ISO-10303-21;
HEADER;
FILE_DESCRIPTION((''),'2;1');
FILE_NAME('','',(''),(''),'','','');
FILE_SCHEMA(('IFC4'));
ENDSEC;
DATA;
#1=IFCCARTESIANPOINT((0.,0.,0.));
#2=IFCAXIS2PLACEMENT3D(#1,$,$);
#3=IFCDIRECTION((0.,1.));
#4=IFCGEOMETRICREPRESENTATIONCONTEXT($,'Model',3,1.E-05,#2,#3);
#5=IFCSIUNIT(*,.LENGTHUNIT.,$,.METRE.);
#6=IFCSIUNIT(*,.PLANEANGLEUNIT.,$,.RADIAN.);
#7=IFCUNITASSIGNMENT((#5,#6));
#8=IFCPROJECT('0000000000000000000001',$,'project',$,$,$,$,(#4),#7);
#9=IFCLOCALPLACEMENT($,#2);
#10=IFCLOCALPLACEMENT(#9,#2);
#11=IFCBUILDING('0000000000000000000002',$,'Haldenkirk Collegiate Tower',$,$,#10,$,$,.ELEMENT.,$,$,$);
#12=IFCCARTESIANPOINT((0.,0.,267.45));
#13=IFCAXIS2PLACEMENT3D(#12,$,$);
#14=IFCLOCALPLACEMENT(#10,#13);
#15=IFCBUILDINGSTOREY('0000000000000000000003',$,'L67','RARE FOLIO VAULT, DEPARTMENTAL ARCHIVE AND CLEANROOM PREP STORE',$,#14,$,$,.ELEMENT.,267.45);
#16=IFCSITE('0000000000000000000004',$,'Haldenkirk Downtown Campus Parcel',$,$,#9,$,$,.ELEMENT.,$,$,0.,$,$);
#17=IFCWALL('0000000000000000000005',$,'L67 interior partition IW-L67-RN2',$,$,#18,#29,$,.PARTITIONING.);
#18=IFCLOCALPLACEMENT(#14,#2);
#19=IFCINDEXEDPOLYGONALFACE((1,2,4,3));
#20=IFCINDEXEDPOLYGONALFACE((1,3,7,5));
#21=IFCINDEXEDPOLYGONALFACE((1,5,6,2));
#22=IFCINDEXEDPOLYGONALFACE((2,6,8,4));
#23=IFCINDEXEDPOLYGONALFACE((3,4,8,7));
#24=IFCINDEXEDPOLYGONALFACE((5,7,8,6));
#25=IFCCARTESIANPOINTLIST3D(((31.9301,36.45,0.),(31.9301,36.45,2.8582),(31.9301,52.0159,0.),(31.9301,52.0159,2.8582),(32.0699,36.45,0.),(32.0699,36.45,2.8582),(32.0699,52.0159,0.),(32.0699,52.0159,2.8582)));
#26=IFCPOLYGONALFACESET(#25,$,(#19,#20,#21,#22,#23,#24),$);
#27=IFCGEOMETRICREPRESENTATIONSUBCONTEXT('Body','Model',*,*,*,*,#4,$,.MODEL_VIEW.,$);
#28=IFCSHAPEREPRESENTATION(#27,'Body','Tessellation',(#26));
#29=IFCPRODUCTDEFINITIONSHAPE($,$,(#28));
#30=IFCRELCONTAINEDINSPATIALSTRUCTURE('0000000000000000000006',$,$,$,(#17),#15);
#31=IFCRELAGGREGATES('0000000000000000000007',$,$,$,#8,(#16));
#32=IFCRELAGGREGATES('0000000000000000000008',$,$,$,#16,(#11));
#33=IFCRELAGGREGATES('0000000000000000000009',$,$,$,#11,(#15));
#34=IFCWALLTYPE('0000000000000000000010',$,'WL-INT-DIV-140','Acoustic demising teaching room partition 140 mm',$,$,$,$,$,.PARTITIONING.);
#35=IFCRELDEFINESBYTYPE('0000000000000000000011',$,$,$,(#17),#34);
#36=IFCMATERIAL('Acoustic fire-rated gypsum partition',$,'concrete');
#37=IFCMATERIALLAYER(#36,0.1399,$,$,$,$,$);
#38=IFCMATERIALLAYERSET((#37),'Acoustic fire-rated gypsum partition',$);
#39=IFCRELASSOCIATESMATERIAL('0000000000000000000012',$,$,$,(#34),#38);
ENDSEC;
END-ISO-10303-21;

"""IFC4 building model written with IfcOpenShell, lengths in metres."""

from ifc_helpers import new_model, si_unit, direction, frame, frame_2d, origin, place, context, subcontext, project, spatial, rectangle, extrude, material, layer, layer_set, type_object, element, save


model = new_model("IFC4")

# Units and contexts
model_context = context("Model", 3, precision=1e-05, world=origin(), true_north=direction((0.0, 1.0)))
body_context = subcontext(model_context, "Body", "Model", "MODEL_VIEW")
ifc_project = project(units=[si_unit("LENGTHUNIT", "METRE"), si_unit("PLANEANGLEUNIT", "RADIAN")], contexts=[model_context])

# Site, building, storey
site_placement = place(None, origin())
site = spatial("IfcSite", under=ifc_project, at=site_placement, Name="Haldenkirk Downtown Campus Parcel", CompositionType="ELEMENT", RefElevation=0.0)
building_placement = place(site_placement, origin())
building = spatial("IfcBuilding", under=site, at=building_placement, Name="Haldenkirk Collegiate Tower", CompositionType="ELEMENT")
storey_placement = place(building_placement, frame((0.0, 0.0, 267.45)))
storey = spatial("IfcBuildingStorey", under=building, at=storey_placement, Name="L67", Description="RARE FOLIO VAULT, DEPARTMENTAL ARCHIVE AND CLEANROOM PREP STORE", CompositionType="ELEMENT", Elevation=267.45)

# Shared definitions
ifc_material_1 = material(Name="Acoustic fire-rated gypsum partition", Category="concrete")

# Wall
ifc_layer_1 = layer(ifc_material_1, 0.1399)
ifc_layer_set_1 = layer_set([ifc_layer_1], Name="Acoustic fire-rated gypsum partition")
wall_type_1 = type_object("IfcWallType", Name="WL-INT-DIV-140", Description="Acoustic demising teaching room partition 140 mm", PredefinedType="PARTITIONING", material=ifc_layer_set_1)
wall_1_placement = place(storey_placement, frame((32.0, 36.45, 0.0), z_axis=(0.0, 0.0, 1.0), x_axis=(0.0, 1.0, 0.0)))
element("IfcWall", 1, at=wall_1_placement, inside=storey, type_object=wall_type_1, Name="L67 interior partition IW-L67-RN2", PredefinedType="PARTITIONING", context=body_context, shape_type="SweptSolid", body=[
    extrude(rectangle(XDim=15.5659, YDim=0.1399, at=frame_2d((7.783, 0.0))), origin(), (0.0, 0.0, 1.0), 2.8582),
])

save(model, "model.ifc")
